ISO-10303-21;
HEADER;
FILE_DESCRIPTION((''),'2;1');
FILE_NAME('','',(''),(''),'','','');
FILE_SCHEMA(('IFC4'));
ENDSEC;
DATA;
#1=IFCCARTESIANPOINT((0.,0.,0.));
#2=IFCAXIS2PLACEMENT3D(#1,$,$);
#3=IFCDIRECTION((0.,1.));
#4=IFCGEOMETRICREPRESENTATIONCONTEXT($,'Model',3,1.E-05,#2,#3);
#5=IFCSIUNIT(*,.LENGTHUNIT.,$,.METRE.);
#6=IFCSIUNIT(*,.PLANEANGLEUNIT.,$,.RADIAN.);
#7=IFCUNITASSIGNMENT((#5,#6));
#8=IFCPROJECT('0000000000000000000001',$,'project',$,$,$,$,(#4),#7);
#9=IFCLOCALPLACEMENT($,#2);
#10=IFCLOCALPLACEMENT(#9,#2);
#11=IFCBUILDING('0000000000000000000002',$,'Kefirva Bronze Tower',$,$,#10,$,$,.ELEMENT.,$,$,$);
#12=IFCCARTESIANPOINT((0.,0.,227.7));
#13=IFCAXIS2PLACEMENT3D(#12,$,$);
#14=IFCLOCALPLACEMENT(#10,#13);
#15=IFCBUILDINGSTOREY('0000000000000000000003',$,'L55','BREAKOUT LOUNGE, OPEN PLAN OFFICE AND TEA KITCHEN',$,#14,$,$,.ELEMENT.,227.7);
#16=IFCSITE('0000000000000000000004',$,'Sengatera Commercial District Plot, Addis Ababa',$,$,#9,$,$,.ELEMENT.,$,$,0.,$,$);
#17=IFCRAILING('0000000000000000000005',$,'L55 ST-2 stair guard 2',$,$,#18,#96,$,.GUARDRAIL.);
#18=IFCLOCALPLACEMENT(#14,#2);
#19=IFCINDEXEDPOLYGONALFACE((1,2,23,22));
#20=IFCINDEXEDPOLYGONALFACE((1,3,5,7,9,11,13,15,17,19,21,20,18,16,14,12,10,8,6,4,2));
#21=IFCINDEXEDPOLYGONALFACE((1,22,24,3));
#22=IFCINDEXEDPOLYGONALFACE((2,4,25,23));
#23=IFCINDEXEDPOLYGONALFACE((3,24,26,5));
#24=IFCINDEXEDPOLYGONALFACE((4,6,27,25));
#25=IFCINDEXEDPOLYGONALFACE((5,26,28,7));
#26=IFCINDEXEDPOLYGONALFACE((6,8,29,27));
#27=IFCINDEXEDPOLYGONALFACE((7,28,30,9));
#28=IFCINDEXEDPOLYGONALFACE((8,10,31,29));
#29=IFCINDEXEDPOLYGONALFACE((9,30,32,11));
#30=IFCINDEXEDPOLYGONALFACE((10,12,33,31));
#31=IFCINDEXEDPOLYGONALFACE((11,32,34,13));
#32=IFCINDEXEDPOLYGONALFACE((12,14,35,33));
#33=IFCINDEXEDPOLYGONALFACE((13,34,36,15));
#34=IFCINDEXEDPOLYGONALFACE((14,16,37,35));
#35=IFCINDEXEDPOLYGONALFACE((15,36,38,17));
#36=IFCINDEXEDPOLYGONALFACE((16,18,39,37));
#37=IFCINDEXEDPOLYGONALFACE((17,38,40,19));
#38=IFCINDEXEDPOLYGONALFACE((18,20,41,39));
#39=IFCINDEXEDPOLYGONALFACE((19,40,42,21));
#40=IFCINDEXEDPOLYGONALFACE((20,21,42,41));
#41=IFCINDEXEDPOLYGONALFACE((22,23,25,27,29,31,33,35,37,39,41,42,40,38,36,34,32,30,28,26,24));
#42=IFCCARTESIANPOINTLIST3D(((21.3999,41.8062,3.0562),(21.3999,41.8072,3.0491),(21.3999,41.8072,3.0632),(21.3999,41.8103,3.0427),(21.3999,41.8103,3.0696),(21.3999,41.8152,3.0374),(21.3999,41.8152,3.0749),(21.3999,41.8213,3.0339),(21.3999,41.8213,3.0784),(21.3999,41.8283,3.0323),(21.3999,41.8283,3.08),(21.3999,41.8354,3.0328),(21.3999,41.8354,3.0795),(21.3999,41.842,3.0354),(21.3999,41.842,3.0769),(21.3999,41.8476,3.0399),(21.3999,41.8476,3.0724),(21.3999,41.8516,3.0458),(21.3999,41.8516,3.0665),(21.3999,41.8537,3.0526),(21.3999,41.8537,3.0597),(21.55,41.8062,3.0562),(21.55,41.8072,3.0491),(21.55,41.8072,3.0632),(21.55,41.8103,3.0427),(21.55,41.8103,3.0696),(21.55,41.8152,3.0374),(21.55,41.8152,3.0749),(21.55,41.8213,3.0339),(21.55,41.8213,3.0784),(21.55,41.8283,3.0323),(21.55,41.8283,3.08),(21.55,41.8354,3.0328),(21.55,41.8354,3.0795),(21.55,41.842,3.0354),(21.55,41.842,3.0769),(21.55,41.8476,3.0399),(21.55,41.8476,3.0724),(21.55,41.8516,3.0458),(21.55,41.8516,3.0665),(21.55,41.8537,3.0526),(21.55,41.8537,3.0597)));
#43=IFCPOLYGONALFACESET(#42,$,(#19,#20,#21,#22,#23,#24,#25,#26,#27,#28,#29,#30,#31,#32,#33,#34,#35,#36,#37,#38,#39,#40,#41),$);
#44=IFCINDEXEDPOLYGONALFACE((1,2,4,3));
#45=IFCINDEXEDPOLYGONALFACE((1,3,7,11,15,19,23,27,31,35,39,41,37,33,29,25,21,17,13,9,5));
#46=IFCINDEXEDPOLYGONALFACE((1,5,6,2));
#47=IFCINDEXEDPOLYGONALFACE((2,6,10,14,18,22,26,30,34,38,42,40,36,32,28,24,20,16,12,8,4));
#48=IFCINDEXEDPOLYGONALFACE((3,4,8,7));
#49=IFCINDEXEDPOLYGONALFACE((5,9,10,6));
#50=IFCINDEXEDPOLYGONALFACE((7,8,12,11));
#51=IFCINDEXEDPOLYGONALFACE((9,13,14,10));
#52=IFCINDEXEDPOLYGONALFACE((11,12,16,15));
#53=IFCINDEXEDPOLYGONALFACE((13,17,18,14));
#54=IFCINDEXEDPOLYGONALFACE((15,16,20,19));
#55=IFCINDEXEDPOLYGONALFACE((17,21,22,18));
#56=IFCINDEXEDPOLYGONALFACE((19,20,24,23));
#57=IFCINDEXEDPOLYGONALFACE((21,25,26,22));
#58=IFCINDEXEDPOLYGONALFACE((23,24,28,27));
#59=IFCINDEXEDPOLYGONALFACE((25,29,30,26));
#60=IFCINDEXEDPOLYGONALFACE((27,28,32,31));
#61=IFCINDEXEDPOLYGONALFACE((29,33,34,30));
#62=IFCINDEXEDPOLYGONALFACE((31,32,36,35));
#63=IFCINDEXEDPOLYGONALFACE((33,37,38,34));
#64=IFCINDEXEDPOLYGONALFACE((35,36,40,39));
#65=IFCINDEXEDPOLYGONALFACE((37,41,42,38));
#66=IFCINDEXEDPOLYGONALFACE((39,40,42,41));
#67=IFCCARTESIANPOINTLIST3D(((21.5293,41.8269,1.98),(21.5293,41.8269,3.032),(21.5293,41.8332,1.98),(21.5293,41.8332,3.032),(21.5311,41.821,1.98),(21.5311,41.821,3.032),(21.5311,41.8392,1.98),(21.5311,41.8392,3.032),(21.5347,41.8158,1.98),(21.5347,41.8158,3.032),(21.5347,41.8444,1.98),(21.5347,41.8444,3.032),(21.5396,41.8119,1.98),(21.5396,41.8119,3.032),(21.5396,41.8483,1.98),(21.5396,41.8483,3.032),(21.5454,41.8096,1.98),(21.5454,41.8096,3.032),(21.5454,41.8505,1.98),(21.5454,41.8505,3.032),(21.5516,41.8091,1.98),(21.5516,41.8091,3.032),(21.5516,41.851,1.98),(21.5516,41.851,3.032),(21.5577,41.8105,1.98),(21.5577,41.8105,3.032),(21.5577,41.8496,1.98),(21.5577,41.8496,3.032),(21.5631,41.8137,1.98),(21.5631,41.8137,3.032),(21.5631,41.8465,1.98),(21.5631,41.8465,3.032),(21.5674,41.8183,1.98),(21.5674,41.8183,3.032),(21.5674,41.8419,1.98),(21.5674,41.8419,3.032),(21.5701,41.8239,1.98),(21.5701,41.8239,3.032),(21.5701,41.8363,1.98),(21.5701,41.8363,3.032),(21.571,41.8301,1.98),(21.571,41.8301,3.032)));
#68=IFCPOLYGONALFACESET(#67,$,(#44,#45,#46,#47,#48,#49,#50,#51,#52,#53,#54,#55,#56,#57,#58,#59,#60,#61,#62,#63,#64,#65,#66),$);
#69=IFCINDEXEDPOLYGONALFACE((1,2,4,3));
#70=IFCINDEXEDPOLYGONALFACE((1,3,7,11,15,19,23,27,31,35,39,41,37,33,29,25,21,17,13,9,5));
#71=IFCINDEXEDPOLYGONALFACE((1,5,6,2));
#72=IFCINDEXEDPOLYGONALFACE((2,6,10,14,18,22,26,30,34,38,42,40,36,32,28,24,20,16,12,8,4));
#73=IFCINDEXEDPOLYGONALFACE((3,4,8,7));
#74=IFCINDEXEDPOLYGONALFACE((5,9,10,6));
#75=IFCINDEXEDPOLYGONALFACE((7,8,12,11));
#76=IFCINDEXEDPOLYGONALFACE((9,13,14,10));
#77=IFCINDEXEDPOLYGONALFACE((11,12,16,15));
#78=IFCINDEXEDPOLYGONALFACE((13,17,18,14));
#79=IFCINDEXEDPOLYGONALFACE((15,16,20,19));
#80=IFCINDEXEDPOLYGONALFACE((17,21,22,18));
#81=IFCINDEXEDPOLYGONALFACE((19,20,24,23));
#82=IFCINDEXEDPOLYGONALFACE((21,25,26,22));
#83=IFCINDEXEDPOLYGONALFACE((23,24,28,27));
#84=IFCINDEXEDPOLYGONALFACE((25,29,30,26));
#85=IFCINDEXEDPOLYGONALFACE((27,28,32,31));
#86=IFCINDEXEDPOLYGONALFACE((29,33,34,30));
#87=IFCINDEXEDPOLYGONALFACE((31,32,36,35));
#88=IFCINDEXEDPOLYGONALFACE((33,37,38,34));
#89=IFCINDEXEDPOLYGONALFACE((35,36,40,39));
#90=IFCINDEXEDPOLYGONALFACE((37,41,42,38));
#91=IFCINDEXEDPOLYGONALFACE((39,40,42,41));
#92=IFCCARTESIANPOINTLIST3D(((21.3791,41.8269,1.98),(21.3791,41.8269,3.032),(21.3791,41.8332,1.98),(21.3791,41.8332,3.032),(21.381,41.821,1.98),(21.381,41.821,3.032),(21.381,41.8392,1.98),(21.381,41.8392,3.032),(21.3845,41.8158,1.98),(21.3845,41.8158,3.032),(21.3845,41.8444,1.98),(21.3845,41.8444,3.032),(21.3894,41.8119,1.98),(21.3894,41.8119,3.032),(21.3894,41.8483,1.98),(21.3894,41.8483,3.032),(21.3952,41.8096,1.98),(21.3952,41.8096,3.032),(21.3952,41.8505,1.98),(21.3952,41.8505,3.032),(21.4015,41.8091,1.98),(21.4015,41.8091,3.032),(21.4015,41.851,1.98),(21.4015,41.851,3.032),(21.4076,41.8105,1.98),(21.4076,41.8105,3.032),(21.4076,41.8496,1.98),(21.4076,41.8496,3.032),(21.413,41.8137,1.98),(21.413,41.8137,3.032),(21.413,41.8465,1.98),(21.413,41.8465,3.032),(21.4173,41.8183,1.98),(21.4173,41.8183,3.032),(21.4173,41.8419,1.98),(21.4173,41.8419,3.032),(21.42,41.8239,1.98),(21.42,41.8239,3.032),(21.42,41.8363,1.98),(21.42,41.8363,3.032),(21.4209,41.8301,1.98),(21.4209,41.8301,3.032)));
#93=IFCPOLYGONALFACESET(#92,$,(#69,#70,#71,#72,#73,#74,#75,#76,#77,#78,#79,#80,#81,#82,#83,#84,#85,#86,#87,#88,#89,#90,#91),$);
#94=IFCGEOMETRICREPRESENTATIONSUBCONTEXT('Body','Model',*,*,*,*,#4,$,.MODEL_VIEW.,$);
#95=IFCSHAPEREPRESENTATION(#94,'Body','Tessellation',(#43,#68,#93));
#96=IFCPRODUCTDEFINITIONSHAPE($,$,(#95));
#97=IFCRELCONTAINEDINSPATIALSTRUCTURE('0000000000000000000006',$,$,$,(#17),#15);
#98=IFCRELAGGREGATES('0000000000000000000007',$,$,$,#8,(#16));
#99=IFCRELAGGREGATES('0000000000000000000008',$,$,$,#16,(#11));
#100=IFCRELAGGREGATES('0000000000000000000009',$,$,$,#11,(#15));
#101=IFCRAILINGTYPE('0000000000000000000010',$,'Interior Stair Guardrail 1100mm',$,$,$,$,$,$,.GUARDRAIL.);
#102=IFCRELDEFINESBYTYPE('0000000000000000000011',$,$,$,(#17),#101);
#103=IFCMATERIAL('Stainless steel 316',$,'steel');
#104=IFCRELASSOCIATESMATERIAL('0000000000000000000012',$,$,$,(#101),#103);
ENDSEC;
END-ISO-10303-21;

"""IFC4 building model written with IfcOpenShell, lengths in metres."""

from ifc_helpers import new_model, si_unit, direction, frame, origin, origin_2d, place, context, subcontext, project, spatial, circle, extrude, material, type_object, element, save


model = new_model("IFC4")

# Units and contexts
model_context = context("Model", 3, precision=1e-05, world=origin(), true_north=direction((0.0, 1.0)))
body_context = subcontext(model_context, "Body", "Model", "MODEL_VIEW")
ifc_project = project(units=[si_unit("LENGTHUNIT", "METRE"), si_unit("PLANEANGLEUNIT", "RADIAN")], contexts=[model_context])

# Site, building, storey
site_placement = place(None, origin())
site = spatial("IfcSite", under=ifc_project, at=site_placement, Name="Sengatera Commercial District Plot, Addis Ababa", CompositionType="ELEMENT", RefElevation=0.0)
building_placement = place(site_placement, origin())
building = spatial("IfcBuilding", under=site, at=building_placement, Name="Kefirva Bronze Tower", CompositionType="ELEMENT")
storey_placement = place(building_placement, frame((0.0, 0.0, 227.7)))
storey = spatial("IfcBuildingStorey", under=building, at=storey_placement, Name="L55", Description="BREAKOUT LOUNGE, OPEN PLAN OFFICE AND TEA KITCHEN", CompositionType="ELEMENT", Elevation=227.7)

# Railing
ifc_material_1 = material(Name="Stainless steel 316", Category="steel")
railing_type_1 = type_object("IfcRailingType", Name="Interior Stair Guardrail 1100mm", PredefinedType="GUARDRAIL", material=ifc_material_1)
railing_1_placement = place(storey_placement, frame((21.55, 41.8301, 1.98)))
element("IfcRailing", 1, at=railing_1_placement, inside=storey, type_object=railing_type_1, Name="L55 ST-2 stair guard 2", PredefinedType="GUARDRAIL", context=body_context, shape_type="SweptSolid", body=[
    extrude(circle(Radius=0.0239, at=origin_2d()), frame((0.0, 0.0, 1.0762), z_axis=(-1.0, 0.0, 0.0), x_axis=(0.0, -1.0, 0.0)), (0.0, 0.0, 1.0), 0.1501),
    extrude(circle(Radius=0.021, at=origin_2d()), origin(), (0.0, 0.0, 1.0), 1.052),
    extrude(circle(Radius=0.021, at=origin_2d()), frame((-0.1501, 0.0, 0.0)), (0.0, 0.0, 1.0), 1.052),
])

save(model, "model.ifc")
